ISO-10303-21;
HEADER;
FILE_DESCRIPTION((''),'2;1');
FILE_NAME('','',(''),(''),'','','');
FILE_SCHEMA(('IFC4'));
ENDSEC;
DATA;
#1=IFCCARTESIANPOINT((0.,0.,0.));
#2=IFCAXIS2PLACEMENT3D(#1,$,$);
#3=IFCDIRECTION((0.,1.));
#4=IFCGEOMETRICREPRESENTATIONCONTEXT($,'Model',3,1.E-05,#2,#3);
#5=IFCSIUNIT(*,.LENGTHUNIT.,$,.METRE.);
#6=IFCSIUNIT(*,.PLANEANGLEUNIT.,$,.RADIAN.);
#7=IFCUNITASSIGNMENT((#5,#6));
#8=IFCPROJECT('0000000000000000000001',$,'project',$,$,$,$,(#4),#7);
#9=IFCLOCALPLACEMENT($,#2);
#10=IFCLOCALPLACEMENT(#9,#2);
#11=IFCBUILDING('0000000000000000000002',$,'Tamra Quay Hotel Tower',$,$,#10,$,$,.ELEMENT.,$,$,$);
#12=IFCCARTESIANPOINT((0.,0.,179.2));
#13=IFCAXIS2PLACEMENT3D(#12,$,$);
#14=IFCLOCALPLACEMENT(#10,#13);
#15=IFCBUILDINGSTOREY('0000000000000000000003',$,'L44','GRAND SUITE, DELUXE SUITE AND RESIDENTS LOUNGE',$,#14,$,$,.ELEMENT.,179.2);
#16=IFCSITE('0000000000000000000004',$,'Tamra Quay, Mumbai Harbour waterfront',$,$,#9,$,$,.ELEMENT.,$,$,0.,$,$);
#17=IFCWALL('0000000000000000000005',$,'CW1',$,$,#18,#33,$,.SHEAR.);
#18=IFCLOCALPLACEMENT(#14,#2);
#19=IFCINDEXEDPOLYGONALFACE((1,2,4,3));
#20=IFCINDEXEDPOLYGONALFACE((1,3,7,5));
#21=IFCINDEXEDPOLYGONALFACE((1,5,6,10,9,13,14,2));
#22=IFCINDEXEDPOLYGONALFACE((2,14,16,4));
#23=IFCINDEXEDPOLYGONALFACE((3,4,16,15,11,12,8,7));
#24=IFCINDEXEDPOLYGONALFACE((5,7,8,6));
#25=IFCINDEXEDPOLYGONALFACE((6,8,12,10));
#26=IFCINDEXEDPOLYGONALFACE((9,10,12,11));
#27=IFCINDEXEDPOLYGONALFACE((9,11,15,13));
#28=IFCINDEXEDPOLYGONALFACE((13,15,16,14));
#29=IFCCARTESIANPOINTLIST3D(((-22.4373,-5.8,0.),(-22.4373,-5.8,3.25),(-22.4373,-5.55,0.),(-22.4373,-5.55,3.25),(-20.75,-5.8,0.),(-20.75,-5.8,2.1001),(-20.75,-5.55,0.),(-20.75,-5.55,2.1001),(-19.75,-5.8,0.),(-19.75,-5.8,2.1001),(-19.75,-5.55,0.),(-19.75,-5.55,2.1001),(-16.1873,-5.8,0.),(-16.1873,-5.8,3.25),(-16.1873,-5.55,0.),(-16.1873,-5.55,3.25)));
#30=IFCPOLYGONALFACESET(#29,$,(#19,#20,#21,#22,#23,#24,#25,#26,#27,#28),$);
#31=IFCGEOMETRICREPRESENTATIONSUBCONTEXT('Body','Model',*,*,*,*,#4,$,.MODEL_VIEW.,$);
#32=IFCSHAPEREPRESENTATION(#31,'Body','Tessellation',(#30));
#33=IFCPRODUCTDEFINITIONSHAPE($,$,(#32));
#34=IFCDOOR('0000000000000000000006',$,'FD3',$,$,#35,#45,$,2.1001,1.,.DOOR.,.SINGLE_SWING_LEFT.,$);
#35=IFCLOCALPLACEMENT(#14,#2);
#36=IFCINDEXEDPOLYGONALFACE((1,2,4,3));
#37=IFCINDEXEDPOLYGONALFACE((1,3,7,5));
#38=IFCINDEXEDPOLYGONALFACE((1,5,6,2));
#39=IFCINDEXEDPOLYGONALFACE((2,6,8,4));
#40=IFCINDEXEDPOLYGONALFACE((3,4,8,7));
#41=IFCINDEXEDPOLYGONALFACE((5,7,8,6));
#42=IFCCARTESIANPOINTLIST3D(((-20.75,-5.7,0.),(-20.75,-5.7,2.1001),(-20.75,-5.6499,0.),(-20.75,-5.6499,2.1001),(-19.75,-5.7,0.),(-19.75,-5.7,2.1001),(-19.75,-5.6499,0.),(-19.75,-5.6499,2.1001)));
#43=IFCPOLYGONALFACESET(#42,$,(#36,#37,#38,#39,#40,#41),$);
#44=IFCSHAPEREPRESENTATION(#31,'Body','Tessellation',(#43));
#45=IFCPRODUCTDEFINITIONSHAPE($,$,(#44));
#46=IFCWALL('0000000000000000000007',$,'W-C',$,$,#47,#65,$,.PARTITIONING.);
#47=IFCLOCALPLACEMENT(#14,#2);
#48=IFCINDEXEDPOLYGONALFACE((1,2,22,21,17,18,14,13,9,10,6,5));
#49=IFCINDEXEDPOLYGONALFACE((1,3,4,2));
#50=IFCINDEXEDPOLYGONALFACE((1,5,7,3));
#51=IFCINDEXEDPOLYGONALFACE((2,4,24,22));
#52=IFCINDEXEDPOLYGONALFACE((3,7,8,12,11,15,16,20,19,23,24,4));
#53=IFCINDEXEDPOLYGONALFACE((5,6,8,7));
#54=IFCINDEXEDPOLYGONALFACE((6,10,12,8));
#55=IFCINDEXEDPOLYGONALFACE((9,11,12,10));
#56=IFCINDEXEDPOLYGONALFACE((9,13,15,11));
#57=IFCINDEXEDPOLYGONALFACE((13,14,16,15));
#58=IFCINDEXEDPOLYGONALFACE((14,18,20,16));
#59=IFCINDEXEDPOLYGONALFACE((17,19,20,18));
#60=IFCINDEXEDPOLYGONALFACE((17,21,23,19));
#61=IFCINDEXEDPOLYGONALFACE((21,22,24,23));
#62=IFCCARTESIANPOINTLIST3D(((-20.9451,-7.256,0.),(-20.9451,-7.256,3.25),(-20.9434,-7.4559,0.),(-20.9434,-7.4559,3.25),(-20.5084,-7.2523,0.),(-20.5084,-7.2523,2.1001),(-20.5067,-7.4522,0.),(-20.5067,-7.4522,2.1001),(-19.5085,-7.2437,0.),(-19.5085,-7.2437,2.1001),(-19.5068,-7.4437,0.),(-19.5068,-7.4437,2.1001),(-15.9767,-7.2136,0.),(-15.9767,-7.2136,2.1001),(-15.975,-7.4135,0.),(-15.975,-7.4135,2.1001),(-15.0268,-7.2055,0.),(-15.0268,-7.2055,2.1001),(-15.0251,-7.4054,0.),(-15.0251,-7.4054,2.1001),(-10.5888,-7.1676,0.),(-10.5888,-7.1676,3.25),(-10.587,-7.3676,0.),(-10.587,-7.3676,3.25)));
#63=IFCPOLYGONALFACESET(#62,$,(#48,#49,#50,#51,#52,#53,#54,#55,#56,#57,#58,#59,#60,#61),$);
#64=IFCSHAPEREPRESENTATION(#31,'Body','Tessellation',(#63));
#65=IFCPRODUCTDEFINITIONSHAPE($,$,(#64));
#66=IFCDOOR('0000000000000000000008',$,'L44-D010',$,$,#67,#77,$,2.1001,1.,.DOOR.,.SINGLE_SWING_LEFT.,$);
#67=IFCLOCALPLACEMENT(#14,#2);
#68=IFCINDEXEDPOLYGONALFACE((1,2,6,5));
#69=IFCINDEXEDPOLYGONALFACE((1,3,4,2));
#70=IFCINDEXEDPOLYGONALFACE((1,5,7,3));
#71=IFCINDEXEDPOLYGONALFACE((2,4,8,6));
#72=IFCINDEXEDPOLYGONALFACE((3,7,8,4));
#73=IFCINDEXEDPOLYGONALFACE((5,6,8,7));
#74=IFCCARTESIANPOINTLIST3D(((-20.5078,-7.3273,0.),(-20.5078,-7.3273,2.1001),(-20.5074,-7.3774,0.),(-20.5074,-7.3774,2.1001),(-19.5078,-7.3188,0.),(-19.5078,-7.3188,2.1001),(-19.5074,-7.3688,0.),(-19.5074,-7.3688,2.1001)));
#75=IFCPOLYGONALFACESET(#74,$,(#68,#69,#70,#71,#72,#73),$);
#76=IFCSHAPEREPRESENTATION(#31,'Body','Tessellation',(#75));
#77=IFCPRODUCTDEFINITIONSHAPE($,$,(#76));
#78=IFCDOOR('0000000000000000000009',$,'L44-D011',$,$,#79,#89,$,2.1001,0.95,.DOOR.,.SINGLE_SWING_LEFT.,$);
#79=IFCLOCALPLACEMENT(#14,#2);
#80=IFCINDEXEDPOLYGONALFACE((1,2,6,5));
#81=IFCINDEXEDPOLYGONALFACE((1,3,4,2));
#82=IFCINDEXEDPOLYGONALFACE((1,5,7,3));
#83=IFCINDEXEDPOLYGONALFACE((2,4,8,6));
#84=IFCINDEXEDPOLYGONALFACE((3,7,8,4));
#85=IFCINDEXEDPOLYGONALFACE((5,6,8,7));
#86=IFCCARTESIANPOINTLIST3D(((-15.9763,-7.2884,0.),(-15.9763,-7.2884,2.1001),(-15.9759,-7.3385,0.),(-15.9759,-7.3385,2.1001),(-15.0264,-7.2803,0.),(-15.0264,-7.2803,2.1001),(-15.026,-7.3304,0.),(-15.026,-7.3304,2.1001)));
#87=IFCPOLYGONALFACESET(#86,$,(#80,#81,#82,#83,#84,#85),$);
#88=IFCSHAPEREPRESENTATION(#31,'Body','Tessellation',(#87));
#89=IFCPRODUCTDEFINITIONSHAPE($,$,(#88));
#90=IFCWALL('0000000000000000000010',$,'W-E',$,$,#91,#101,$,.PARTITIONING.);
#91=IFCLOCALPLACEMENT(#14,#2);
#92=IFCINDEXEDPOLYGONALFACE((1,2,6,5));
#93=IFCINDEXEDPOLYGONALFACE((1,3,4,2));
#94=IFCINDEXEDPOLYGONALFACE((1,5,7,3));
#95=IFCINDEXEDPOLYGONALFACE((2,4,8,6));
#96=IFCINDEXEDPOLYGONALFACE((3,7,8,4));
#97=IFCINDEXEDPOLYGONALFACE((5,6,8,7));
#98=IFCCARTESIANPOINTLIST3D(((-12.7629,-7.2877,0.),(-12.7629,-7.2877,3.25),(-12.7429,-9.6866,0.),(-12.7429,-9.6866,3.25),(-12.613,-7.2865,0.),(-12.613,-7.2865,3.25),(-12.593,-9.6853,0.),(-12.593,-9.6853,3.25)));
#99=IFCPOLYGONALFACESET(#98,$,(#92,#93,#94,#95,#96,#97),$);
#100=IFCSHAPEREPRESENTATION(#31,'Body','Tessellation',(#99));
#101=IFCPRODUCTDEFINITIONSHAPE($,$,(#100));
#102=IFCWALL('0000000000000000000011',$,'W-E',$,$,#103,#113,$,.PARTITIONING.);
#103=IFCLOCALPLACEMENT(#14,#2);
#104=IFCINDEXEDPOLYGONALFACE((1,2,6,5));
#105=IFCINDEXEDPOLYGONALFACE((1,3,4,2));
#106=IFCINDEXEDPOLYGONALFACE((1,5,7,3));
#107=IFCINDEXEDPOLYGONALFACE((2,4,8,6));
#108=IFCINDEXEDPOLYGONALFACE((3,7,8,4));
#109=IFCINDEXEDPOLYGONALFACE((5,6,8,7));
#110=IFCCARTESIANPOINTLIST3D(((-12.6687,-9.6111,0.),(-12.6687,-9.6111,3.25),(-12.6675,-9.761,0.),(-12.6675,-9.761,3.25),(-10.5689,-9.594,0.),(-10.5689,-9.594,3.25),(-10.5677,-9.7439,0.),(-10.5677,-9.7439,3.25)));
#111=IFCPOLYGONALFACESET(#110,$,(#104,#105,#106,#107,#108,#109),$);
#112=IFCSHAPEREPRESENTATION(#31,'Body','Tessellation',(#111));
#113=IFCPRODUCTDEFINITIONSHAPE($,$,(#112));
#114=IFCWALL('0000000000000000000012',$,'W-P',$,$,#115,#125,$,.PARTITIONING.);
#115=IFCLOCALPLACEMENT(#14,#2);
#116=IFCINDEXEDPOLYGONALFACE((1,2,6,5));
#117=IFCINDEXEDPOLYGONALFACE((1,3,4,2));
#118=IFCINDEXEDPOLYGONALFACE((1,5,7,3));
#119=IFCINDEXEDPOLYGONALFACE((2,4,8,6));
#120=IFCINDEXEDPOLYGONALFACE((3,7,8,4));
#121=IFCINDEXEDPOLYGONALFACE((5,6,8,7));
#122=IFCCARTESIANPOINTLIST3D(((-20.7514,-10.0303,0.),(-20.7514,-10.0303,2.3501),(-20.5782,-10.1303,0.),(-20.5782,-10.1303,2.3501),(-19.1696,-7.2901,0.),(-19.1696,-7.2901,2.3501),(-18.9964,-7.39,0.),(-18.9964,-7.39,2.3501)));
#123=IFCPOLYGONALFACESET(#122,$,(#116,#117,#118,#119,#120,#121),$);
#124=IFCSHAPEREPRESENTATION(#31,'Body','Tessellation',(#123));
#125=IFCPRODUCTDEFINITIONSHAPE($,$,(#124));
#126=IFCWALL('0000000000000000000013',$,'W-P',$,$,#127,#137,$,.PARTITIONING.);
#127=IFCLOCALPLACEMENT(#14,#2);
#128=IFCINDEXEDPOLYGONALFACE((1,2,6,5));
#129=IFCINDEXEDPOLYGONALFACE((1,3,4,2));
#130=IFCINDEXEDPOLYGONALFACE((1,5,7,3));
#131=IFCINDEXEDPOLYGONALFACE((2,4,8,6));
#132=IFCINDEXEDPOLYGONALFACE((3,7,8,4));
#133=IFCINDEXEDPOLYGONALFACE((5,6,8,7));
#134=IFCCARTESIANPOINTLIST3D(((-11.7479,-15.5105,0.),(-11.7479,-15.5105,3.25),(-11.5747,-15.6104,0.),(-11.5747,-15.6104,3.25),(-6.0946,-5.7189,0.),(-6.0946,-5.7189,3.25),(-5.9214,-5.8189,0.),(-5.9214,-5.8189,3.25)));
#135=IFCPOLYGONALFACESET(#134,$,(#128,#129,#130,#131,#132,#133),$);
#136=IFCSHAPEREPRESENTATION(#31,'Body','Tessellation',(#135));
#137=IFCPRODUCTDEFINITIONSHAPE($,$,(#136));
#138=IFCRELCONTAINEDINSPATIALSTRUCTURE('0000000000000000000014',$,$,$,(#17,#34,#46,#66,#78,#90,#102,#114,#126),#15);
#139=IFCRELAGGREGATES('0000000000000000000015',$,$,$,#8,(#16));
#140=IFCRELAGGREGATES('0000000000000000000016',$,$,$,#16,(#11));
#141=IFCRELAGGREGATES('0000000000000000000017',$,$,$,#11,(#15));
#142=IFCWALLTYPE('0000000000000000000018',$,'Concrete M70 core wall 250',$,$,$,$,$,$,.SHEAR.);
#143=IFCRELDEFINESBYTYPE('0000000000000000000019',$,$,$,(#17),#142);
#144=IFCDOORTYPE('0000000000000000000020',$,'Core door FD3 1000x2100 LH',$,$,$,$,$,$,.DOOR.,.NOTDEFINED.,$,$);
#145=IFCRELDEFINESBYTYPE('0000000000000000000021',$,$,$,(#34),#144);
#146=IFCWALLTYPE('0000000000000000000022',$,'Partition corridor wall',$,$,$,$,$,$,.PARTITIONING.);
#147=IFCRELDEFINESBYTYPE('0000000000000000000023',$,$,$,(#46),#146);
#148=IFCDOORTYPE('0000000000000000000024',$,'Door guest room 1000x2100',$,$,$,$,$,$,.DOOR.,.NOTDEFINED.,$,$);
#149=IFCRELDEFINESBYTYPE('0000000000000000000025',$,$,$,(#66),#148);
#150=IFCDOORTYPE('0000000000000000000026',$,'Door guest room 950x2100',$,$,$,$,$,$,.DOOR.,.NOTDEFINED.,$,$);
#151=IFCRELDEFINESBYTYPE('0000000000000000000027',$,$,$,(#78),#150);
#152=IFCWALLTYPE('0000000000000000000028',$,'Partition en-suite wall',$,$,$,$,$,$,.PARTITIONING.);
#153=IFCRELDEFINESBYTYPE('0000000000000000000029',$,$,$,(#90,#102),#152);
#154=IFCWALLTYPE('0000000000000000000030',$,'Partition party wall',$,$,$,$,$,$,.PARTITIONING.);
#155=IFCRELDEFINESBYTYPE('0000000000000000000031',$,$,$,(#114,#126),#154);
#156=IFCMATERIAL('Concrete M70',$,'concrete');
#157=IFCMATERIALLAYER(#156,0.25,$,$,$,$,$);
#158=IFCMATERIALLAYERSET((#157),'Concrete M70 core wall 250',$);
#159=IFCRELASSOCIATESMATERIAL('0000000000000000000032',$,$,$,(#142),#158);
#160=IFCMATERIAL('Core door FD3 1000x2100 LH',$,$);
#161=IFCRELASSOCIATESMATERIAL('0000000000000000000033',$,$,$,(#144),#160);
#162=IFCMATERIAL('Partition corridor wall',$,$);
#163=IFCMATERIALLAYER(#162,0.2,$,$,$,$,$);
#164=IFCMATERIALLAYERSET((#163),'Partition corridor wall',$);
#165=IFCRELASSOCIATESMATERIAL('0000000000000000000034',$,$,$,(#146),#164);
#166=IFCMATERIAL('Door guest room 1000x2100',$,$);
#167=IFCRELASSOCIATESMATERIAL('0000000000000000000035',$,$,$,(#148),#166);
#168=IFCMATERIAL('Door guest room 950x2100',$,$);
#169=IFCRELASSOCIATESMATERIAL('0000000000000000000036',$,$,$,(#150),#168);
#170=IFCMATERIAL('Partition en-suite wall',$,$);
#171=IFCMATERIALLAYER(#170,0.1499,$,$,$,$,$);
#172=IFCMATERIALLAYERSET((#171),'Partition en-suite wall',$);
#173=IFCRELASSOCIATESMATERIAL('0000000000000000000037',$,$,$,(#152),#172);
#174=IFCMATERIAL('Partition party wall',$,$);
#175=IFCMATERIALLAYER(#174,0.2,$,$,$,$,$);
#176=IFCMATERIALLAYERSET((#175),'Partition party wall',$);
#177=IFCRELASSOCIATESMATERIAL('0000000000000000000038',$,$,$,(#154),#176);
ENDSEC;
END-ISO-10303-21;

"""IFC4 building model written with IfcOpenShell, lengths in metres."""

from ifc_helpers import new_model, si_unit, direction, frame, frame_2d, origin, place, context, subcontext, project, spatial, rectangle, extrude, material, layer, layer_set, type_object, element, fill, save


model = new_model("IFC4")

# Units and contexts
model_context = context("Model", 3, precision=1e-05, world=origin(), true_north=direction((0.0, 1.0)))
body_context = subcontext(model_context, "Body", "Model", "MODEL_VIEW")
ifc_project = project(units=[si_unit("LENGTHUNIT", "METRE"), si_unit("PLANEANGLEUNIT", "RADIAN")], contexts=[model_context])

# Site, building, storey
site_placement = place(None, origin())
site = spatial("IfcSite", under=ifc_project, at=site_placement, Name="Tamra Quay, Mumbai Harbour waterfront", CompositionType="ELEMENT", RefElevation=0.0)
building_placement = place(site_placement, origin())
building = spatial("IfcBuilding", under=site, at=building_placement, Name="Tamra Quay Hotel Tower", CompositionType="ELEMENT")
storey_placement = place(building_placement, frame((0.0, 0.0, 179.2)))
storey = spatial("IfcBuildingStorey", under=building, at=storey_placement, Name="L44", Description="GRAND SUITE, DELUXE SUITE AND RESIDENTS LOUNGE", CompositionType="ELEMENT", Elevation=179.2)

# Shared definitions
ifc_material_1 = material(Name="Concrete M70", Category="concrete")

# Wall, opening, door
ifc_layer_1 = layer(ifc_material_1, 0.25)
ifc_layer_set_1 = layer_set([ifc_layer_1], Name="Concrete M70 core wall 250")
wall_type_1 = type_object("IfcWallType", Name="Concrete M70 core wall 250", PredefinedType="SHEAR", material=ifc_layer_set_1)
wall_1_placement = place(storey_placement, frame((-16.1873, -5.675, 0.0), z_axis=(0.0, 0.0, 1.0), x_axis=(-1.0, 0.0, 0.0)))
wall_1 = element("IfcWall", 1, at=wall_1_placement, inside=storey, type_object=wall_type_1, Name="CW1", PredefinedType="SHEAR", context=body_context, shape_type="SweptSolid", body=[
    extrude(rectangle(XDim=6.25, YDim=0.25, at=frame_2d((3.125, 0.0))), origin(), (0.0, 0.0, 1.0), 3.25),
])
opening_1_placement = place(wall_1_placement, frame((3.5627, 0.0, 0.0)))
opening_1 = element("IfcOpeningElement", 2, at=opening_1_placement, cuts=wall_1, PredefinedType="OPENING", context=body_context, shape_type="SweptSolid", body=[
    extrude(rectangle(XDim=1.0, YDim=2.1001, at=frame_2d((0.5, 1.05))), frame((0.0, 0.135, 0.0), z_axis=(0.0, -1.0, 0.0), x_axis=(1.0, 0.0, 0.0)), (0.0, 0.0, 1.0), 0.27),
])
ifc_material_2 = material(Name="Core door FD3 1000x2100 LH")
door_type_1 = type_object("IfcDoorType", Name="Core door FD3 1000x2100 LH", OperationType="NOTDEFINED", PredefinedType="DOOR", material=ifc_material_2)
door_1_placement = place(opening_1_placement, origin())
door_1 = element("IfcDoor", 3, at=door_1_placement, inside=storey, type_object=door_type_1, Name="FD3", OperationType="SINGLE_SWING_LEFT", OverallHeight=2.1001, OverallWidth=1.0, PredefinedType="DOOR", context=body_context, shape_type="SweptSolid", body=[
    extrude(rectangle(XDim=1.0, YDim=2.1001, at=frame_2d((0.5, 1.05))), frame((0.0, 0.0249, 0.0), z_axis=(0.0, -1.0, 0.0), x_axis=(1.0, 0.0, 0.0)), (0.0, 0.0, 1.0), 0.05),
])
fill(opening_1, door_1)

# Wall, openings, doors
ifc_material_3 = material(Name="Partition corridor wall")
ifc_layer_2 = layer(ifc_material_3, 0.2)
ifc_layer_set_2 = layer_set([ifc_layer_2], Name="Partition corridor wall")
wall_type_2 = type_object("IfcWallType", Name="Partition corridor wall", PredefinedType="PARTITIONING", material=ifc_layer_set_2)
wall_2_placement = place(storey_placement, frame((-20.9441, -7.356, 0.0), z_axis=(0.0, 0.0, 1.0), x_axis=(0.999964, 0.008534, 0.0)))
wall_2 = element("IfcWall", 4, at=wall_2_placement, inside=storey, type_object=wall_type_2, Name="W-C", PredefinedType="PARTITIONING", context=body_context, shape_type="SweptSolid", body=[
    extrude(rectangle(XDim=10.3567, YDim=0.2, at=frame_2d((5.1782, 0.0))), origin(), (0.0, 0.0, 1.0), 3.25),
])
opening_2_placement = place(wall_2_placement, frame((0.4365, 0.0, 0.0)))
opening_2 = element("IfcOpeningElement", 5, at=opening_2_placement, cuts=wall_2, PredefinedType="OPENING", context=body_context, shape_type="SweptSolid", body=[
    extrude(rectangle(XDim=1.0, YDim=2.1001, at=frame_2d((0.5, 1.05))), frame((0.0, 0.1099, 0.0), z_axis=(0.0, -1.0, 0.0), x_axis=(1.0, 0.0, 0.0)), (0.0, 0.0, 1.0), 0.22),
])
opening_3_placement = place(wall_2_placement, frame((4.9683, 0.0, 0.0)))
opening_3 = element("IfcOpeningElement", 6, at=opening_3_placement, cuts=wall_2, PredefinedType="OPENING", context=body_context, shape_type="SweptSolid", body=[
    extrude(rectangle(XDim=0.95, YDim=2.1001, at=frame_2d((0.4751, 1.05))), frame((0.0, 0.1099, 0.0), z_axis=(0.0, -1.0, 0.0), x_axis=(1.0, 0.0, 0.0)), (0.0, 0.0, 1.0), 0.22),
])
ifc_material_4 = material(Name="Door guest room 1000x2100")
door_type_2 = type_object("IfcDoorType", Name="Door guest room 1000x2100", OperationType="NOTDEFINED", PredefinedType="DOOR", material=ifc_material_4)
door_2_placement = place(opening_2_placement, origin())
door_2 = element("IfcDoor", 7, at=door_2_placement, inside=storey, type_object=door_type_2, Name="L44-D010", OperationType="SINGLE_SWING_LEFT", OverallHeight=2.1001, OverallWidth=1.0, PredefinedType="DOOR", context=body_context, shape_type="SweptSolid", body=[
    extrude(rectangle(XDim=1.0, YDim=2.1001, at=frame_2d((0.5, 1.05))), frame((0.0, 0.0249, 0.0), z_axis=(0.0, -1.0, 0.0), x_axis=(1.0, 0.0, 0.0)), (0.0, 0.0, 1.0), 0.05),
])
fill(opening_2, door_2)
ifc_material_5 = material(Name="Door guest room 950x2100")
door_type_3 = type_object("IfcDoorType", Name="Door guest room 950x2100", OperationType="NOTDEFINED", PredefinedType="DOOR", material=ifc_material_5)
door_3_placement = place(opening_3_placement, frame((0.95, 0.0, 0.0), z_axis=(0.0, 0.0, 1.0), x_axis=(-1.0, 0.0, 0.0)))
door_3 = element("IfcDoor", 8, at=door_3_placement, inside=storey, type_object=door_type_3, Name="L44-D011", OperationType="SINGLE_SWING_LEFT", OverallHeight=2.1001, OverallWidth=0.95, PredefinedType="DOOR", context=body_context, shape_type="SweptSolid", body=[
    extrude(rectangle(XDim=0.95, YDim=2.1001, at=frame_2d((0.4751, 1.05))), frame((0.0, 0.0249, 0.0), z_axis=(0.0, -1.0, 0.0), x_axis=(1.0, 0.0, 0.0)), (0.0, 0.0, 1.0), 0.05),
])
fill(opening_3, door_3)

# Walls
ifc_material_6 = material(Name="Partition en-suite wall")
ifc_layer_3 = layer(ifc_material_6, 0.1499)
ifc_layer_set_3 = layer_set([ifc_layer_3], Name="Partition en-suite wall")
wall_type_3 = type_object("IfcWallType", Name="Partition en-suite wall", PredefinedType="PARTITIONING", material=ifc_layer_set_3)
wall_3_placement = place(storey_placement, frame((-12.688, -7.2871, 0.0), z_axis=(0.0, 0.0, 1.0), x_axis=(0.008345, -0.999965, 0.0)))
element("IfcWall", 9, at=wall_3_placement, inside=storey, type_object=wall_type_3, Name="W-E", PredefinedType="PARTITIONING", context=body_context, shape_type="SweptSolid", body=[
    extrude(rectangle(XDim=2.3989, YDim=0.1499, at=frame_2d((1.1995, 0.0))), origin(), (0.0, 0.0, 1.0), 3.25),
])
wall_4_placement = place(storey_placement, frame((-12.668, -9.686, 0.0), z_axis=(0.0, 0.0, 1.0), x_axis=(0.999967, 0.008138, 0.0)))
element("IfcWall", 10, at=wall_4_placement, inside=storey, type_object=wall_type_3, Name="W-E", PredefinedType="PARTITIONING", context=body_context, shape_type="SweptSolid", body=[
    extrude(rectangle(XDim=2.0999, YDim=0.1499, at=frame_2d((1.0498, 0.0))), origin(), (0.0, 0.0, 1.0), 3.25),
])
ifc_material_7 = material(Name="Partition party wall")
ifc_layer_4 = layer(ifc_material_7, 0.2)
ifc_layer_set_4 = layer_set([ifc_layer_4], Name="Partition party wall")
wall_type_4 = type_object("IfcWallType", Name="Partition party wall", PredefinedType="PARTITIONING", material=ifc_layer_set_4)
wall_5_placement = place(storey_placement, frame((-20.6648, -10.0803, 0.0), z_axis=(0.0, 0.0, 1.0), x_axis=(0.499932, 0.866065, 0.0)))
element("IfcWall", 11, at=wall_5_placement, inside=storey, type_object=wall_type_4, Name="W-P", PredefinedType="PARTITIONING", context=body_context, shape_type="SweptSolid", body=[
    extrude(rectangle(XDim=3.1641, YDim=0.2, at=frame_2d((1.582, 0.0))), origin(), (0.0, 0.0, 1.0), 2.3501),
])
wall_6_placement = place(storey_placement, frame((-11.6614, -15.5605, 0.0), z_axis=(0.0, 0.0, 1.0), x_axis=(0.500013, 0.866018, 0.0)))
element("IfcWall", 12, at=wall_6_placement, inside=storey, type_object=wall_type_4, Name="W-P", PredefinedType="PARTITIONING", context=body_context, shape_type="SweptSolid", body=[
    extrude(rectangle(XDim=11.3064, YDim=0.2, at=frame_2d((5.6533, 0.0))), origin(), (0.0, 0.0, 1.0), 3.25),
])

save(model, "model.ifc")
